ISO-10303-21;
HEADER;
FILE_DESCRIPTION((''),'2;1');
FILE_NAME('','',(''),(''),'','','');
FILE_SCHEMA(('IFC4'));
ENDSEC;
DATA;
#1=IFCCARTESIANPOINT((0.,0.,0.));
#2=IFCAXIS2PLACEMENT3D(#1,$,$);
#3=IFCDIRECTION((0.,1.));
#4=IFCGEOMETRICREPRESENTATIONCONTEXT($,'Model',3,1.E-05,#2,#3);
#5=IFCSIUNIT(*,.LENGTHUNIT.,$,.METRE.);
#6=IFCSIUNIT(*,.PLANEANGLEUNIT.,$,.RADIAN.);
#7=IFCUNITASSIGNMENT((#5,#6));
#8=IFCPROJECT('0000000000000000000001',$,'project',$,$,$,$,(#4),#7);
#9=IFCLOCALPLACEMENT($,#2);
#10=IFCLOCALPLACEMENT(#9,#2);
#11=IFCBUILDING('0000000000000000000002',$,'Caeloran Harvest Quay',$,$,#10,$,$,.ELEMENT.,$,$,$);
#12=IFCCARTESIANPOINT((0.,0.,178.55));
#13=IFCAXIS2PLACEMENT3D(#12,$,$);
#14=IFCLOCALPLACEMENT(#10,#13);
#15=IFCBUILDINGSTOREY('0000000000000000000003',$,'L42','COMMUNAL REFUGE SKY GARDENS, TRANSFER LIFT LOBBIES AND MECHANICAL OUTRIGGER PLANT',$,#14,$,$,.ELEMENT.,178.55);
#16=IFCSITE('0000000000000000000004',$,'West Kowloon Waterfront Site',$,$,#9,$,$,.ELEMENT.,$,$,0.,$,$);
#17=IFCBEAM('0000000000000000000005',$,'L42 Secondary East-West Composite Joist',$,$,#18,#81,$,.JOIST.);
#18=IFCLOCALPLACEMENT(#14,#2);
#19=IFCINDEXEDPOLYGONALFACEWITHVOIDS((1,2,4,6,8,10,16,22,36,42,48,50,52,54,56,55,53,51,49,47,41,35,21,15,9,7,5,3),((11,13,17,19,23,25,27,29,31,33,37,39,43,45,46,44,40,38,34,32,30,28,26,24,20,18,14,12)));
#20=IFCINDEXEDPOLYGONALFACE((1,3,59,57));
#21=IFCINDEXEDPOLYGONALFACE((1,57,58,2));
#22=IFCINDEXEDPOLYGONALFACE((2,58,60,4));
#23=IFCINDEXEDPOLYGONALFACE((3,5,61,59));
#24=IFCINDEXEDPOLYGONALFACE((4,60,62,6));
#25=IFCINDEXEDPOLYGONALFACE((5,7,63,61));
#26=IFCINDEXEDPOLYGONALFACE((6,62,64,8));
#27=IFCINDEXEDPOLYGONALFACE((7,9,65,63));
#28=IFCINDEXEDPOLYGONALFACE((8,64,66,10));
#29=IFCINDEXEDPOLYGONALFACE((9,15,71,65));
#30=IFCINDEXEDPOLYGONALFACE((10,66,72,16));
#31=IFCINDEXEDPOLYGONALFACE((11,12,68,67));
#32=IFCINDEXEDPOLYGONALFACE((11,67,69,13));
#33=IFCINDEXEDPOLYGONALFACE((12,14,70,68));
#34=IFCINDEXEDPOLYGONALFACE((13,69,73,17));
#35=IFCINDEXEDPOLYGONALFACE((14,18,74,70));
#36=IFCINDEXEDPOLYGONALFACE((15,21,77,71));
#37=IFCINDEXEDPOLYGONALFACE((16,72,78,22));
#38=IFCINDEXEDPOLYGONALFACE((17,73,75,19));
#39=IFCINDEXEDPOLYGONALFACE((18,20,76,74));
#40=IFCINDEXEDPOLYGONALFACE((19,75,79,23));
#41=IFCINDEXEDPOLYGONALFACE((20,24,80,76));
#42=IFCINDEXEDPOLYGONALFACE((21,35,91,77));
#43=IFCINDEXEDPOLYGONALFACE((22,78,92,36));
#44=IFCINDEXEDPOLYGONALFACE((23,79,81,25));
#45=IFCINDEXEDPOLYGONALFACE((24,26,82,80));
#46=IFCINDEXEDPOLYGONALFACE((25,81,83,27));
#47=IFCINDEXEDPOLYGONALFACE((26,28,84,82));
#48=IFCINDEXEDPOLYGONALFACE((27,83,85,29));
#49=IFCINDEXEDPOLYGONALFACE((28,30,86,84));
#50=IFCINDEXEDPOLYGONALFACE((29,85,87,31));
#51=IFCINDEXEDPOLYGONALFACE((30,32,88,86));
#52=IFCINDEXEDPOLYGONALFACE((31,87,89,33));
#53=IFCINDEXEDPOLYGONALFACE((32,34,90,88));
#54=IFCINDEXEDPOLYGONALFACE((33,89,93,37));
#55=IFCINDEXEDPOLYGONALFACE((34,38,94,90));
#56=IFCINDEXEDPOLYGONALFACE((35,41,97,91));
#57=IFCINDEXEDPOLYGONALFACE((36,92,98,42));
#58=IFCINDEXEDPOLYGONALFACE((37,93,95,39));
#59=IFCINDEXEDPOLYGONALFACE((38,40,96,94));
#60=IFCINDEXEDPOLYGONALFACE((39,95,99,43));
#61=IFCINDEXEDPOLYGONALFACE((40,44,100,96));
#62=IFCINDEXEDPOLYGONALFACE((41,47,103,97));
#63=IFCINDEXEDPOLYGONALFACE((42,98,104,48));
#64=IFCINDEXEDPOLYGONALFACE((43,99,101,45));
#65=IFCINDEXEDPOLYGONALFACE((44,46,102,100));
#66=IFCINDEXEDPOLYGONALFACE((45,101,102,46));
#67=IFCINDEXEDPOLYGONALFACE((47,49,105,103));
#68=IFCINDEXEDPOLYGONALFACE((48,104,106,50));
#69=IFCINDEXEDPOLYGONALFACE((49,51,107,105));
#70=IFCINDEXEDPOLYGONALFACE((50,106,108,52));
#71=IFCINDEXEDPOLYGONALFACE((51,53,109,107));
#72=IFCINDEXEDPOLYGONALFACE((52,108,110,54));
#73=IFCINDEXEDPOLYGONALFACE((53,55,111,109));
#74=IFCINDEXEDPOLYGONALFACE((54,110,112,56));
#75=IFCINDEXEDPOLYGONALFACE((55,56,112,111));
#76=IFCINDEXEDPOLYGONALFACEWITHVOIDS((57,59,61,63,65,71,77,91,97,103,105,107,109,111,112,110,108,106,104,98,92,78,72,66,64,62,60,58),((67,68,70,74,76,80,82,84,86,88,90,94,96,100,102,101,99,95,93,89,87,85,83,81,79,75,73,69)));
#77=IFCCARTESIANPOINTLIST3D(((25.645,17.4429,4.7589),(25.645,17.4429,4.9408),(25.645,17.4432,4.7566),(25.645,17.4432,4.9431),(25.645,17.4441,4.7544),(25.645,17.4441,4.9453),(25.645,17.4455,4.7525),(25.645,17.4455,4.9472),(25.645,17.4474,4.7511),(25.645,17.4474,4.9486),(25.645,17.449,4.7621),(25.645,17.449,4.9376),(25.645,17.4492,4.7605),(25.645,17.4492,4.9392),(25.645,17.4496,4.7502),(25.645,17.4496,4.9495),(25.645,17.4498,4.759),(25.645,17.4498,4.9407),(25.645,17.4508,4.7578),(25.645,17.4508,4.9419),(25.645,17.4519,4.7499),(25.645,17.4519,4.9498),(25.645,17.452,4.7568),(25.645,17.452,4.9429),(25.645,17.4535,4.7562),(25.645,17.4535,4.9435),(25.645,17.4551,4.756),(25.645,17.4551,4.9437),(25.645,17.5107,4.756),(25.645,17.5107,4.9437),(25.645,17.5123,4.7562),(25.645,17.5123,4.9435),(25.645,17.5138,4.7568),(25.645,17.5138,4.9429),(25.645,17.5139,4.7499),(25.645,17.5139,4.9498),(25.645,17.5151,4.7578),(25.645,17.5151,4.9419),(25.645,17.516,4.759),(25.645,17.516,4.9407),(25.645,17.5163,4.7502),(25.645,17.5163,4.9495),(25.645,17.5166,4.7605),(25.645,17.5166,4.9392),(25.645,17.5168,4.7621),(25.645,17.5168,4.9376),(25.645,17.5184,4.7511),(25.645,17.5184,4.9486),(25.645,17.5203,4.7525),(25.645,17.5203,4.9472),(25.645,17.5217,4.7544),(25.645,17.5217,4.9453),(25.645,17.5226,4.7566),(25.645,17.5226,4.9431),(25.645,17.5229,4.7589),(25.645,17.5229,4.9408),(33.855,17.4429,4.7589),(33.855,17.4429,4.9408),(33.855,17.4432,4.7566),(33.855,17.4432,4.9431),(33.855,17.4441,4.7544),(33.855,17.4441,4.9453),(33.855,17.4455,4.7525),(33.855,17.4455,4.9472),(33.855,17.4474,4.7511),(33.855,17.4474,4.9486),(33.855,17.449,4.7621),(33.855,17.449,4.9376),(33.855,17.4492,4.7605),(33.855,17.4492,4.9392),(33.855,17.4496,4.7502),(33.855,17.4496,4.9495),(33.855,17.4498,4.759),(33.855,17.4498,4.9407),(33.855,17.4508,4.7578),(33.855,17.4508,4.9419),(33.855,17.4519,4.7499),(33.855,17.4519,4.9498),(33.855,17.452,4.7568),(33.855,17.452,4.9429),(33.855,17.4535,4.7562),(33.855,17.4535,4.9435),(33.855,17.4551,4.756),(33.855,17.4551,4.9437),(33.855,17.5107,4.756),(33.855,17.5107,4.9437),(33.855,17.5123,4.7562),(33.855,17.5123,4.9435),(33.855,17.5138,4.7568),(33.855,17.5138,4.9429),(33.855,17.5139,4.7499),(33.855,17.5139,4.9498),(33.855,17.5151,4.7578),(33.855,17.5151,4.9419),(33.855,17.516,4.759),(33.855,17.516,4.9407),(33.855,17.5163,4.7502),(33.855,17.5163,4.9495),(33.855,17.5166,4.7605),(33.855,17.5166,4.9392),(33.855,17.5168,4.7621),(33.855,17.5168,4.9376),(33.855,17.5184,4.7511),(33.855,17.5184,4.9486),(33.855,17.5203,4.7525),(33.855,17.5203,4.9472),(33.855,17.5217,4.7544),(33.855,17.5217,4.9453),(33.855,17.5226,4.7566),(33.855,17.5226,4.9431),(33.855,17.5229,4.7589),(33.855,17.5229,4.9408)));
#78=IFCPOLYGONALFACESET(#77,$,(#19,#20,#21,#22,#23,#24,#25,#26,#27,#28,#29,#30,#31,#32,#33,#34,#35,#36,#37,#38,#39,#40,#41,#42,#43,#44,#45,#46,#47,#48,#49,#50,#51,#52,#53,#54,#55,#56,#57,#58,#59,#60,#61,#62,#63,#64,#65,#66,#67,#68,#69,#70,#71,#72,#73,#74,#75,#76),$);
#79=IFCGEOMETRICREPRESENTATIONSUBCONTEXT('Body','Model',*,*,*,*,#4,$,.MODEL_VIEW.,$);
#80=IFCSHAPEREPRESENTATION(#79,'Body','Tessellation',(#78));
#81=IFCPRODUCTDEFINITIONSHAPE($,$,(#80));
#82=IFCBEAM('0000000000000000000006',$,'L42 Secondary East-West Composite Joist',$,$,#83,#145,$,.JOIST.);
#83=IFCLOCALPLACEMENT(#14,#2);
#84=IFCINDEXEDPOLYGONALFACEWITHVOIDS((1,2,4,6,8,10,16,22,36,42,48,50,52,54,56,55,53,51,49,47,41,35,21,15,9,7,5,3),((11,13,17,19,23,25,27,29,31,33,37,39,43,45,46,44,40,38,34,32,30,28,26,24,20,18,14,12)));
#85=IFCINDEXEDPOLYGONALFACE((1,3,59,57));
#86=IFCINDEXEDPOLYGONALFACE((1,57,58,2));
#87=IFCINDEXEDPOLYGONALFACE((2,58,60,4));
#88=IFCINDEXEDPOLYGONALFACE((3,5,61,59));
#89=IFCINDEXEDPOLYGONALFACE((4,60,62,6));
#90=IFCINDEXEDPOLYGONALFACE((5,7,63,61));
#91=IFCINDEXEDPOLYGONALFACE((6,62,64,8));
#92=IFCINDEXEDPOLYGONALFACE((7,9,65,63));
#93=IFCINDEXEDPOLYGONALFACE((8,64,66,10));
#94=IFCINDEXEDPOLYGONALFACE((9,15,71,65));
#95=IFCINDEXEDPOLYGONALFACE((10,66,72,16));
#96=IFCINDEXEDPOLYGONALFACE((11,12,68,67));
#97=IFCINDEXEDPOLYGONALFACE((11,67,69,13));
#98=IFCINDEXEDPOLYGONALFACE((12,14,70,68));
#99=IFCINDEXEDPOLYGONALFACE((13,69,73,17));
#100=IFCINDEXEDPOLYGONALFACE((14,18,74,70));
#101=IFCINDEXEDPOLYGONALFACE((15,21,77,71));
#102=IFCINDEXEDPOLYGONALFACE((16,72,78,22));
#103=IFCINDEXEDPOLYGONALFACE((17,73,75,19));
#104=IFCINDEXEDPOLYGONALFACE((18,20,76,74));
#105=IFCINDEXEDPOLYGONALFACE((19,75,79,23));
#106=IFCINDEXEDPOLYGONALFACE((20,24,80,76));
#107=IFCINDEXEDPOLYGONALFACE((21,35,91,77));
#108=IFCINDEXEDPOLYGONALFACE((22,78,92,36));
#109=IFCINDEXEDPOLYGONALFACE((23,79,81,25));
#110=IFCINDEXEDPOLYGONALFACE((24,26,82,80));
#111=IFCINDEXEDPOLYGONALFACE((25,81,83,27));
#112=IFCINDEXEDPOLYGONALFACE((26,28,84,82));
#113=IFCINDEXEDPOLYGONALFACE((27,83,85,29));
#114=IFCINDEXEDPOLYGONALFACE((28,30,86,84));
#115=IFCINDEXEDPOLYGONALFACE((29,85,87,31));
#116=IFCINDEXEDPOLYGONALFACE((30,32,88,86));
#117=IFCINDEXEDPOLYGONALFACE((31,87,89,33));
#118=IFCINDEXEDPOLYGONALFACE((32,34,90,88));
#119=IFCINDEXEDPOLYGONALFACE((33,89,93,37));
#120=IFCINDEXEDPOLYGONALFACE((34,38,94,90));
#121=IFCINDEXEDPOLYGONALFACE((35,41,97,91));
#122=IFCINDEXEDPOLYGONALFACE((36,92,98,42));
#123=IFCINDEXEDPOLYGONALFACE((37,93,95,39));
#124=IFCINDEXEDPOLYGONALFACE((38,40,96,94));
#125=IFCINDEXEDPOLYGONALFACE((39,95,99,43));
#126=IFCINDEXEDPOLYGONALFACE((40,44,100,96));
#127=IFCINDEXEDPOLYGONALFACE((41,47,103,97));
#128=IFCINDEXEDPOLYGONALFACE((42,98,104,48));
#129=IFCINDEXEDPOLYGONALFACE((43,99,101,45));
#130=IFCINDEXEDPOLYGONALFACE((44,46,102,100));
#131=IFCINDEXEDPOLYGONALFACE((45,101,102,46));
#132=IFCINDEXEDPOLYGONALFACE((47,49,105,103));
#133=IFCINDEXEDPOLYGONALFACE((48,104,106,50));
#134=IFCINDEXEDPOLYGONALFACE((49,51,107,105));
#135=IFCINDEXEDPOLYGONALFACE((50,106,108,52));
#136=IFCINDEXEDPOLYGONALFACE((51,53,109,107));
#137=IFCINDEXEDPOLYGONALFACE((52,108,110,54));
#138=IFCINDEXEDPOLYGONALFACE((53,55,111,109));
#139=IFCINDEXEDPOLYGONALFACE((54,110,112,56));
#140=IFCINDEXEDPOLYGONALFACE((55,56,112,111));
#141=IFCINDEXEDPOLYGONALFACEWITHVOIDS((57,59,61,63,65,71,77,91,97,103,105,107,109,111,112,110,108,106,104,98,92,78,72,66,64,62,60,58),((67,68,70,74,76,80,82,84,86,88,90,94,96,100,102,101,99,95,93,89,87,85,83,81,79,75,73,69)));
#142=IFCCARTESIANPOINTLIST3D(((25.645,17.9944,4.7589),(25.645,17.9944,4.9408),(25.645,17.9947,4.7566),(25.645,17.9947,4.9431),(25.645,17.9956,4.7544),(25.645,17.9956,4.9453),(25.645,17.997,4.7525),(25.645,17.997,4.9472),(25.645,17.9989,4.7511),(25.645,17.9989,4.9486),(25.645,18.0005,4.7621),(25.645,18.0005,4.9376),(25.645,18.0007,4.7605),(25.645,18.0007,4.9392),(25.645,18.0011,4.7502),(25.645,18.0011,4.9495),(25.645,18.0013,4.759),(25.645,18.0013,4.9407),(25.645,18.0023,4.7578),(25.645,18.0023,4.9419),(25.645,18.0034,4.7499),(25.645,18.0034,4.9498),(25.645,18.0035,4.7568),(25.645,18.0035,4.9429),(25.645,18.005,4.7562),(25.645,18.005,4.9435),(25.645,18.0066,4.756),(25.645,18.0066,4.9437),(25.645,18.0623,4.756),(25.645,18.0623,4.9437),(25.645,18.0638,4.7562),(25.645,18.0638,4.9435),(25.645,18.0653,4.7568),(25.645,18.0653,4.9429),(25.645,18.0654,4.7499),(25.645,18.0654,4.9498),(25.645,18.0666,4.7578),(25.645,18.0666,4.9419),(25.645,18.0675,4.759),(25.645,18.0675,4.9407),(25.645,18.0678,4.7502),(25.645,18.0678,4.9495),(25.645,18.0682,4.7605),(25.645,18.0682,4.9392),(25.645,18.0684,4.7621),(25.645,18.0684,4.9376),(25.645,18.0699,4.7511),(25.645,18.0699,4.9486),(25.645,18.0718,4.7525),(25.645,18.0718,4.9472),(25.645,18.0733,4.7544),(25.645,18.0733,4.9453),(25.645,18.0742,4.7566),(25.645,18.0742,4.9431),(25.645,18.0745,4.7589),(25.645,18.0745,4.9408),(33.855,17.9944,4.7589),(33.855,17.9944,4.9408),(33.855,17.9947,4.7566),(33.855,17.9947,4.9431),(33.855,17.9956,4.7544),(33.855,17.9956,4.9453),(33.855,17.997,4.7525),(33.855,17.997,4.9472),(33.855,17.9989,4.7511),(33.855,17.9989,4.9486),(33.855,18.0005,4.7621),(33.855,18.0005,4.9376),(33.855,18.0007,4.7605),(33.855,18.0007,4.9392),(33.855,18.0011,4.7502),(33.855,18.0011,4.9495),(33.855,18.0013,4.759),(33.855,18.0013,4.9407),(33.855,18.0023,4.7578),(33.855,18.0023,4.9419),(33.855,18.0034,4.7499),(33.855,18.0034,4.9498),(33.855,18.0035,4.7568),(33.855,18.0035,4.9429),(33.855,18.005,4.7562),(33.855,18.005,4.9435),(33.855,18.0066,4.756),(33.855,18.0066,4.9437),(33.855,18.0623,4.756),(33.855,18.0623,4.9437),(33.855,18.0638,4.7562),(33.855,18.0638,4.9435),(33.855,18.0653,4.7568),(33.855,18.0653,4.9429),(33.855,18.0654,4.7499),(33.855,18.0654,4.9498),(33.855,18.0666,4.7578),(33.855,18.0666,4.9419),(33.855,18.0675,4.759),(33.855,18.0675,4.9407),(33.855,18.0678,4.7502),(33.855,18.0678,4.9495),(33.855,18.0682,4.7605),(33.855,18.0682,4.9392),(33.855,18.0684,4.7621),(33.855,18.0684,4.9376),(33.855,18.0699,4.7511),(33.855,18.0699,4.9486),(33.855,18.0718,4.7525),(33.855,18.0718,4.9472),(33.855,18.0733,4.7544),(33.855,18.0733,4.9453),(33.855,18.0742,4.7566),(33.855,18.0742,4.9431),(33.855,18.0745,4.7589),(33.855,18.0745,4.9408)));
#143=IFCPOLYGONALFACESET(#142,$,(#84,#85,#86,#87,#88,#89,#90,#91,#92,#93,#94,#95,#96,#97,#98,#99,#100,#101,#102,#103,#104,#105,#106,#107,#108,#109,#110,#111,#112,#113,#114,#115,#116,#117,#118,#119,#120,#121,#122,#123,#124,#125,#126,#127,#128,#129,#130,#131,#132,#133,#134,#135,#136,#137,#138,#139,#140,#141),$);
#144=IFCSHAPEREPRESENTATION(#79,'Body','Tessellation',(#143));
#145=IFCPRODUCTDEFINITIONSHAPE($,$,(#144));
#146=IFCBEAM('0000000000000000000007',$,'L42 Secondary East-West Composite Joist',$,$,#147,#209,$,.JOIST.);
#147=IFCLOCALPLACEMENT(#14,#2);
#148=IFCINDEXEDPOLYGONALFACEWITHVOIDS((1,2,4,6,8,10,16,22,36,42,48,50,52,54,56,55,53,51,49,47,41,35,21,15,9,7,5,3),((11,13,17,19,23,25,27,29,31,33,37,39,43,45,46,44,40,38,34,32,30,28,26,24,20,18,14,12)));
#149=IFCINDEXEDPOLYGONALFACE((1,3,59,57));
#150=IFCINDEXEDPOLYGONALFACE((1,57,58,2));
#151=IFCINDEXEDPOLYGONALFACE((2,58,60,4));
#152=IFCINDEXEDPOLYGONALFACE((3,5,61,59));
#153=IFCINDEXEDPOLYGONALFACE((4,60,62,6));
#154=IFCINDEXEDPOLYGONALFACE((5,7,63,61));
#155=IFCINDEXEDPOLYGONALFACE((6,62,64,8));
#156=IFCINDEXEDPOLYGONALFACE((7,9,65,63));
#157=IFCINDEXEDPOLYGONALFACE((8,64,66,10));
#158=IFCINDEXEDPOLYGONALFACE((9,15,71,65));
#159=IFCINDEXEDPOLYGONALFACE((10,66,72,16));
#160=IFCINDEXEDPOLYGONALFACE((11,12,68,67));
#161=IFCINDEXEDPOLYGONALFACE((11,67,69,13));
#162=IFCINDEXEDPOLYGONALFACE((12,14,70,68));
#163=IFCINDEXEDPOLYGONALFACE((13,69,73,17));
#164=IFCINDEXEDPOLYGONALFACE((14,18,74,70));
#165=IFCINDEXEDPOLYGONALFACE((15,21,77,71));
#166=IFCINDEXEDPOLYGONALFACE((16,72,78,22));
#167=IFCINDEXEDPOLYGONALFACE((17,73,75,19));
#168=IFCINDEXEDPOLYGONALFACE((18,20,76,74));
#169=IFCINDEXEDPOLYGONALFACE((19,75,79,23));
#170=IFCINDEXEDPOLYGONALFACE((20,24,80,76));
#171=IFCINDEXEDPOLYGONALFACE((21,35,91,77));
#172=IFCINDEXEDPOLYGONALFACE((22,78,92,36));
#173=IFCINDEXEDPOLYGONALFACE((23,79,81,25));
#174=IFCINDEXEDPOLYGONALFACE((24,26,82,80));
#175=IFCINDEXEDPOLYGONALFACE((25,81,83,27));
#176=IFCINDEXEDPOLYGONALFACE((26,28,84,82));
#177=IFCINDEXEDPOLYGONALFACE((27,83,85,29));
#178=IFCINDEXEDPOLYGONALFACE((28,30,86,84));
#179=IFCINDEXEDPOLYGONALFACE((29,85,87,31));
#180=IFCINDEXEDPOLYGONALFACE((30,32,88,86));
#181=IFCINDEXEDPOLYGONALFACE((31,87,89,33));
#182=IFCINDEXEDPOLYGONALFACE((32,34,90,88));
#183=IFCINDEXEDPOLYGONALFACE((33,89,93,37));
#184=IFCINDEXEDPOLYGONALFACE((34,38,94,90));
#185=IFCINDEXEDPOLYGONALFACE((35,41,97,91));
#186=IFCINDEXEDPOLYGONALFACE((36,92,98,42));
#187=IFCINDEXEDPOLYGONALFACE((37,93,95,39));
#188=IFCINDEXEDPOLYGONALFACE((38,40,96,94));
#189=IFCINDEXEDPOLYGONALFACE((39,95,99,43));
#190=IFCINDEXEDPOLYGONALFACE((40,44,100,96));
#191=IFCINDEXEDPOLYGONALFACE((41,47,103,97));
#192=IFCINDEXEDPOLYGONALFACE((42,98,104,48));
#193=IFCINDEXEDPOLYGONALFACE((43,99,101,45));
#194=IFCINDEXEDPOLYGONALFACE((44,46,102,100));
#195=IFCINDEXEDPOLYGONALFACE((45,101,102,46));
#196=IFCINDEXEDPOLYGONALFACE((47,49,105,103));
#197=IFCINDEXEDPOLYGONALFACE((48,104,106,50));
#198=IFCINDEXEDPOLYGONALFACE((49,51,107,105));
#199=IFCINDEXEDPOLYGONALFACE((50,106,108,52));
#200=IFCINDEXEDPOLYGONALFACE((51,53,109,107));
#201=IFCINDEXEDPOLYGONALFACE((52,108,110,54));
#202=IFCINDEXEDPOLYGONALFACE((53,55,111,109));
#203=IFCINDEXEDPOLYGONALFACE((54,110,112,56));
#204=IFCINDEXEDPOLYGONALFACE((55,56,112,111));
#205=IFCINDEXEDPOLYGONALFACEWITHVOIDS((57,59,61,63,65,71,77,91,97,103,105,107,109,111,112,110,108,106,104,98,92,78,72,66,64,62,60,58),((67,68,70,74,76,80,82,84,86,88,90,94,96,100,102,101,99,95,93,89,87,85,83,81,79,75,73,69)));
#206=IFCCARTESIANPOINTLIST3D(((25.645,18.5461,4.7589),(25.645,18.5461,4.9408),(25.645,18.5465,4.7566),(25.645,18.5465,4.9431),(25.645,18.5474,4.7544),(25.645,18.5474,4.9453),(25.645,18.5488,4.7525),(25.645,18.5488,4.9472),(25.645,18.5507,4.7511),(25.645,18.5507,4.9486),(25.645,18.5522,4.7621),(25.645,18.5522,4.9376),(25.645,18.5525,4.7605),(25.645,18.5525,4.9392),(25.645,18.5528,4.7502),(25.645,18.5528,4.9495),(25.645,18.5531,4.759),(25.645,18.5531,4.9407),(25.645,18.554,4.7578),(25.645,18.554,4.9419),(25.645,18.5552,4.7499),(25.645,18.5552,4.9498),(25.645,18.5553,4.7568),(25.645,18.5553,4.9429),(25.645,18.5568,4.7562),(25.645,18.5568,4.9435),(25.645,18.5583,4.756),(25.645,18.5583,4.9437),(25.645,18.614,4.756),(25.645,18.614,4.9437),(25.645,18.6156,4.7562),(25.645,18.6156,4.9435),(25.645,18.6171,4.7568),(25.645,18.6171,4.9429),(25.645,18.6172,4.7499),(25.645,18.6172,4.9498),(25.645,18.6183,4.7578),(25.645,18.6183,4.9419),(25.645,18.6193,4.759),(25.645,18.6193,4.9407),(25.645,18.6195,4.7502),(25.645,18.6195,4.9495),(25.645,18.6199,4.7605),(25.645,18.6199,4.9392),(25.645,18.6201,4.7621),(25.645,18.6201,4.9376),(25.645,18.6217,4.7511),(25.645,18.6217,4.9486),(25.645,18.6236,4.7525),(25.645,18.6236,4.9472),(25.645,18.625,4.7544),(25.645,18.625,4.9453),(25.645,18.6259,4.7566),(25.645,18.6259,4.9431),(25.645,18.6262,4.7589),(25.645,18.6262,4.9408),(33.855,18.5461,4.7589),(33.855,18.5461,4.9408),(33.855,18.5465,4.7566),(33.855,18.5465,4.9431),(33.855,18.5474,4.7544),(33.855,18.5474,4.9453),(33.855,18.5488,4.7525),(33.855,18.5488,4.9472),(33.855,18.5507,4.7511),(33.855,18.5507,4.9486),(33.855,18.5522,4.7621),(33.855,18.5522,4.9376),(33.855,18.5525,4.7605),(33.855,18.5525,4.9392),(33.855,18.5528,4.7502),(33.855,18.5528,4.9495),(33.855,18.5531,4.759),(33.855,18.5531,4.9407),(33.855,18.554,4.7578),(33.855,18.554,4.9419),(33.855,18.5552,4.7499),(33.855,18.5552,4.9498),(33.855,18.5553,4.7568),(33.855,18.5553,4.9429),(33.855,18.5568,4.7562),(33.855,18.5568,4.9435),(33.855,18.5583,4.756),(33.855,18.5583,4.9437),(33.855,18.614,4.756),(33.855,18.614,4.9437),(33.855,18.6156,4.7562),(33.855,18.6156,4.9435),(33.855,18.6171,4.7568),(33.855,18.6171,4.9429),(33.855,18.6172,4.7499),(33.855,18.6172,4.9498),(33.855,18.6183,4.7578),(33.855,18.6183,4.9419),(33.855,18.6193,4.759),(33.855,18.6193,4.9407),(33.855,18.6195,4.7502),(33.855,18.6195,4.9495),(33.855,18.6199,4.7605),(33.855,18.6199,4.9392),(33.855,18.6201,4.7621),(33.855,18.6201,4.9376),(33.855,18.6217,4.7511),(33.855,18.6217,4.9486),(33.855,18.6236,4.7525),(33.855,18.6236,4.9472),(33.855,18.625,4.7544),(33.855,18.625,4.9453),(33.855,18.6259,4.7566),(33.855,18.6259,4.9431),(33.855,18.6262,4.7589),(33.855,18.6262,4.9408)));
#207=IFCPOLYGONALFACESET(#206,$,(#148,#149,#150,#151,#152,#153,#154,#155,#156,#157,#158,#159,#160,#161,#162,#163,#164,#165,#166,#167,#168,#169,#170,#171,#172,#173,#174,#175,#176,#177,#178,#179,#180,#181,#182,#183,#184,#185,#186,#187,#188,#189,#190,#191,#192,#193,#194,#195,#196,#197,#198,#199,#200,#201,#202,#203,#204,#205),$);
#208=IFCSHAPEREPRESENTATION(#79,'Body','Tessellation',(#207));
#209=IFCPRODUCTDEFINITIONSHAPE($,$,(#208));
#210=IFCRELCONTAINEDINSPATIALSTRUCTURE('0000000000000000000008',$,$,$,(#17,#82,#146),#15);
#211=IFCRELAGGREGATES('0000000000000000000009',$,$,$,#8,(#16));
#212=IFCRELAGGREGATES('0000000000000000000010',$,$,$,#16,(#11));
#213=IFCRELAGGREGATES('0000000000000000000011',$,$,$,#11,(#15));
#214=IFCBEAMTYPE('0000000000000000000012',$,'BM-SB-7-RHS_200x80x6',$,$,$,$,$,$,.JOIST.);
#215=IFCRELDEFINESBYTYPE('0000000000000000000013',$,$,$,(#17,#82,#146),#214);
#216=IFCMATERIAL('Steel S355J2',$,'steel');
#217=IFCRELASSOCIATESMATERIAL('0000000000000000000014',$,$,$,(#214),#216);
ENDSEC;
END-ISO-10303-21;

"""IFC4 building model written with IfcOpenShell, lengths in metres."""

from ifc_helpers import new_model, si_unit, direction, frame, origin, origin_2d, place, context, subcontext, project, spatial, hollow_rectangle, extrude, material, material_profile, profile_set, type_object, element, save


model = new_model("IFC4")

# Units and contexts
model_context = context("Model", 3, precision=1e-05, world=origin(), true_north=direction((0.0, 1.0)))
body_context = subcontext(model_context, "Body", "Model", "MODEL_VIEW")
ifc_project = project(units=[si_unit("LENGTHUNIT", "METRE"), si_unit("PLANEANGLEUNIT", "RADIAN")], contexts=[model_context])

# Site, building, storey
site_placement = place(None, origin())
site = spatial("IfcSite", under=ifc_project, at=site_placement, Name="West Kowloon Waterfront Site", CompositionType="ELEMENT", RefElevation=0.0)
building_placement = place(site_placement, origin())
building = spatial("IfcBuilding", under=site, at=building_placement, Name="Caeloran Harvest Quay", CompositionType="ELEMENT")
storey_placement = place(building_placement, frame((0.0, 0.0, 178.55)))
storey = spatial("IfcBuildingStorey", under=building, at=storey_placement, Name="L42", Description="COMMUNAL REFUGE SKY GARDENS, TRANSFER LIFT LOBBIES AND MECHANICAL OUTRIGGER PLANT", CompositionType="ELEMENT", Elevation=178.55)

# Beams
ifc_material_1 = material(Name="Steel S355J2", Category="steel")
ifc_material_profile_1 = material_profile(ifc_material_1, hollow_rectangle(XDim=0.0801, YDim=0.2, WallThickness=0.0061, InnerFilletRadius=0.0061, OuterFilletRadius=0.009, at=origin_2d()), Name="RHS 200x80x6")
ifc_profile_set_1 = profile_set([ifc_material_profile_1], Name="Steel S355J2")
beam_type_1 = type_object("IfcBeamType", Name="BM-SB-7-RHS_200x80x6", PredefinedType="JOIST", material=ifc_profile_set_1)
for number, where, z_axis, x_axis, name in (
    (1, (25.645, 17.4829, 4.8499), (1.0, 0.0, 0.0), (0.0, 1.0, 0.0), "L42 Secondary East-West Composite Joist"),
    (2, (25.645, 18.0344, 4.8499), (1.0, 0.0, 0.0), (0.0, 1.0, 0.0), "L42 Secondary East-West Composite Joist"),
    (3, (25.645, 18.5862, 4.8499), (1.0, 0.0, 0.0), (0.0, 1.0, 0.0), "L42 Secondary East-West Composite Joist"),
):
    element("IfcBeam", number, at=place(storey_placement, frame(where, z_axis=z_axis, x_axis=x_axis)), inside=storey, type_object=beam_type_1, Name=name, PredefinedType="JOIST", context=body_context, shape_type="SweptSolid", body=[
        extrude(hollow_rectangle(XDim=0.0801, YDim=0.2, WallThickness=0.0061, InnerFilletRadius=0.0061, OuterFilletRadius=0.009, at=origin_2d()), origin(), (0.0, 0.0, 1.0), 8.21),
    ])

save(model, "model.ifc")
